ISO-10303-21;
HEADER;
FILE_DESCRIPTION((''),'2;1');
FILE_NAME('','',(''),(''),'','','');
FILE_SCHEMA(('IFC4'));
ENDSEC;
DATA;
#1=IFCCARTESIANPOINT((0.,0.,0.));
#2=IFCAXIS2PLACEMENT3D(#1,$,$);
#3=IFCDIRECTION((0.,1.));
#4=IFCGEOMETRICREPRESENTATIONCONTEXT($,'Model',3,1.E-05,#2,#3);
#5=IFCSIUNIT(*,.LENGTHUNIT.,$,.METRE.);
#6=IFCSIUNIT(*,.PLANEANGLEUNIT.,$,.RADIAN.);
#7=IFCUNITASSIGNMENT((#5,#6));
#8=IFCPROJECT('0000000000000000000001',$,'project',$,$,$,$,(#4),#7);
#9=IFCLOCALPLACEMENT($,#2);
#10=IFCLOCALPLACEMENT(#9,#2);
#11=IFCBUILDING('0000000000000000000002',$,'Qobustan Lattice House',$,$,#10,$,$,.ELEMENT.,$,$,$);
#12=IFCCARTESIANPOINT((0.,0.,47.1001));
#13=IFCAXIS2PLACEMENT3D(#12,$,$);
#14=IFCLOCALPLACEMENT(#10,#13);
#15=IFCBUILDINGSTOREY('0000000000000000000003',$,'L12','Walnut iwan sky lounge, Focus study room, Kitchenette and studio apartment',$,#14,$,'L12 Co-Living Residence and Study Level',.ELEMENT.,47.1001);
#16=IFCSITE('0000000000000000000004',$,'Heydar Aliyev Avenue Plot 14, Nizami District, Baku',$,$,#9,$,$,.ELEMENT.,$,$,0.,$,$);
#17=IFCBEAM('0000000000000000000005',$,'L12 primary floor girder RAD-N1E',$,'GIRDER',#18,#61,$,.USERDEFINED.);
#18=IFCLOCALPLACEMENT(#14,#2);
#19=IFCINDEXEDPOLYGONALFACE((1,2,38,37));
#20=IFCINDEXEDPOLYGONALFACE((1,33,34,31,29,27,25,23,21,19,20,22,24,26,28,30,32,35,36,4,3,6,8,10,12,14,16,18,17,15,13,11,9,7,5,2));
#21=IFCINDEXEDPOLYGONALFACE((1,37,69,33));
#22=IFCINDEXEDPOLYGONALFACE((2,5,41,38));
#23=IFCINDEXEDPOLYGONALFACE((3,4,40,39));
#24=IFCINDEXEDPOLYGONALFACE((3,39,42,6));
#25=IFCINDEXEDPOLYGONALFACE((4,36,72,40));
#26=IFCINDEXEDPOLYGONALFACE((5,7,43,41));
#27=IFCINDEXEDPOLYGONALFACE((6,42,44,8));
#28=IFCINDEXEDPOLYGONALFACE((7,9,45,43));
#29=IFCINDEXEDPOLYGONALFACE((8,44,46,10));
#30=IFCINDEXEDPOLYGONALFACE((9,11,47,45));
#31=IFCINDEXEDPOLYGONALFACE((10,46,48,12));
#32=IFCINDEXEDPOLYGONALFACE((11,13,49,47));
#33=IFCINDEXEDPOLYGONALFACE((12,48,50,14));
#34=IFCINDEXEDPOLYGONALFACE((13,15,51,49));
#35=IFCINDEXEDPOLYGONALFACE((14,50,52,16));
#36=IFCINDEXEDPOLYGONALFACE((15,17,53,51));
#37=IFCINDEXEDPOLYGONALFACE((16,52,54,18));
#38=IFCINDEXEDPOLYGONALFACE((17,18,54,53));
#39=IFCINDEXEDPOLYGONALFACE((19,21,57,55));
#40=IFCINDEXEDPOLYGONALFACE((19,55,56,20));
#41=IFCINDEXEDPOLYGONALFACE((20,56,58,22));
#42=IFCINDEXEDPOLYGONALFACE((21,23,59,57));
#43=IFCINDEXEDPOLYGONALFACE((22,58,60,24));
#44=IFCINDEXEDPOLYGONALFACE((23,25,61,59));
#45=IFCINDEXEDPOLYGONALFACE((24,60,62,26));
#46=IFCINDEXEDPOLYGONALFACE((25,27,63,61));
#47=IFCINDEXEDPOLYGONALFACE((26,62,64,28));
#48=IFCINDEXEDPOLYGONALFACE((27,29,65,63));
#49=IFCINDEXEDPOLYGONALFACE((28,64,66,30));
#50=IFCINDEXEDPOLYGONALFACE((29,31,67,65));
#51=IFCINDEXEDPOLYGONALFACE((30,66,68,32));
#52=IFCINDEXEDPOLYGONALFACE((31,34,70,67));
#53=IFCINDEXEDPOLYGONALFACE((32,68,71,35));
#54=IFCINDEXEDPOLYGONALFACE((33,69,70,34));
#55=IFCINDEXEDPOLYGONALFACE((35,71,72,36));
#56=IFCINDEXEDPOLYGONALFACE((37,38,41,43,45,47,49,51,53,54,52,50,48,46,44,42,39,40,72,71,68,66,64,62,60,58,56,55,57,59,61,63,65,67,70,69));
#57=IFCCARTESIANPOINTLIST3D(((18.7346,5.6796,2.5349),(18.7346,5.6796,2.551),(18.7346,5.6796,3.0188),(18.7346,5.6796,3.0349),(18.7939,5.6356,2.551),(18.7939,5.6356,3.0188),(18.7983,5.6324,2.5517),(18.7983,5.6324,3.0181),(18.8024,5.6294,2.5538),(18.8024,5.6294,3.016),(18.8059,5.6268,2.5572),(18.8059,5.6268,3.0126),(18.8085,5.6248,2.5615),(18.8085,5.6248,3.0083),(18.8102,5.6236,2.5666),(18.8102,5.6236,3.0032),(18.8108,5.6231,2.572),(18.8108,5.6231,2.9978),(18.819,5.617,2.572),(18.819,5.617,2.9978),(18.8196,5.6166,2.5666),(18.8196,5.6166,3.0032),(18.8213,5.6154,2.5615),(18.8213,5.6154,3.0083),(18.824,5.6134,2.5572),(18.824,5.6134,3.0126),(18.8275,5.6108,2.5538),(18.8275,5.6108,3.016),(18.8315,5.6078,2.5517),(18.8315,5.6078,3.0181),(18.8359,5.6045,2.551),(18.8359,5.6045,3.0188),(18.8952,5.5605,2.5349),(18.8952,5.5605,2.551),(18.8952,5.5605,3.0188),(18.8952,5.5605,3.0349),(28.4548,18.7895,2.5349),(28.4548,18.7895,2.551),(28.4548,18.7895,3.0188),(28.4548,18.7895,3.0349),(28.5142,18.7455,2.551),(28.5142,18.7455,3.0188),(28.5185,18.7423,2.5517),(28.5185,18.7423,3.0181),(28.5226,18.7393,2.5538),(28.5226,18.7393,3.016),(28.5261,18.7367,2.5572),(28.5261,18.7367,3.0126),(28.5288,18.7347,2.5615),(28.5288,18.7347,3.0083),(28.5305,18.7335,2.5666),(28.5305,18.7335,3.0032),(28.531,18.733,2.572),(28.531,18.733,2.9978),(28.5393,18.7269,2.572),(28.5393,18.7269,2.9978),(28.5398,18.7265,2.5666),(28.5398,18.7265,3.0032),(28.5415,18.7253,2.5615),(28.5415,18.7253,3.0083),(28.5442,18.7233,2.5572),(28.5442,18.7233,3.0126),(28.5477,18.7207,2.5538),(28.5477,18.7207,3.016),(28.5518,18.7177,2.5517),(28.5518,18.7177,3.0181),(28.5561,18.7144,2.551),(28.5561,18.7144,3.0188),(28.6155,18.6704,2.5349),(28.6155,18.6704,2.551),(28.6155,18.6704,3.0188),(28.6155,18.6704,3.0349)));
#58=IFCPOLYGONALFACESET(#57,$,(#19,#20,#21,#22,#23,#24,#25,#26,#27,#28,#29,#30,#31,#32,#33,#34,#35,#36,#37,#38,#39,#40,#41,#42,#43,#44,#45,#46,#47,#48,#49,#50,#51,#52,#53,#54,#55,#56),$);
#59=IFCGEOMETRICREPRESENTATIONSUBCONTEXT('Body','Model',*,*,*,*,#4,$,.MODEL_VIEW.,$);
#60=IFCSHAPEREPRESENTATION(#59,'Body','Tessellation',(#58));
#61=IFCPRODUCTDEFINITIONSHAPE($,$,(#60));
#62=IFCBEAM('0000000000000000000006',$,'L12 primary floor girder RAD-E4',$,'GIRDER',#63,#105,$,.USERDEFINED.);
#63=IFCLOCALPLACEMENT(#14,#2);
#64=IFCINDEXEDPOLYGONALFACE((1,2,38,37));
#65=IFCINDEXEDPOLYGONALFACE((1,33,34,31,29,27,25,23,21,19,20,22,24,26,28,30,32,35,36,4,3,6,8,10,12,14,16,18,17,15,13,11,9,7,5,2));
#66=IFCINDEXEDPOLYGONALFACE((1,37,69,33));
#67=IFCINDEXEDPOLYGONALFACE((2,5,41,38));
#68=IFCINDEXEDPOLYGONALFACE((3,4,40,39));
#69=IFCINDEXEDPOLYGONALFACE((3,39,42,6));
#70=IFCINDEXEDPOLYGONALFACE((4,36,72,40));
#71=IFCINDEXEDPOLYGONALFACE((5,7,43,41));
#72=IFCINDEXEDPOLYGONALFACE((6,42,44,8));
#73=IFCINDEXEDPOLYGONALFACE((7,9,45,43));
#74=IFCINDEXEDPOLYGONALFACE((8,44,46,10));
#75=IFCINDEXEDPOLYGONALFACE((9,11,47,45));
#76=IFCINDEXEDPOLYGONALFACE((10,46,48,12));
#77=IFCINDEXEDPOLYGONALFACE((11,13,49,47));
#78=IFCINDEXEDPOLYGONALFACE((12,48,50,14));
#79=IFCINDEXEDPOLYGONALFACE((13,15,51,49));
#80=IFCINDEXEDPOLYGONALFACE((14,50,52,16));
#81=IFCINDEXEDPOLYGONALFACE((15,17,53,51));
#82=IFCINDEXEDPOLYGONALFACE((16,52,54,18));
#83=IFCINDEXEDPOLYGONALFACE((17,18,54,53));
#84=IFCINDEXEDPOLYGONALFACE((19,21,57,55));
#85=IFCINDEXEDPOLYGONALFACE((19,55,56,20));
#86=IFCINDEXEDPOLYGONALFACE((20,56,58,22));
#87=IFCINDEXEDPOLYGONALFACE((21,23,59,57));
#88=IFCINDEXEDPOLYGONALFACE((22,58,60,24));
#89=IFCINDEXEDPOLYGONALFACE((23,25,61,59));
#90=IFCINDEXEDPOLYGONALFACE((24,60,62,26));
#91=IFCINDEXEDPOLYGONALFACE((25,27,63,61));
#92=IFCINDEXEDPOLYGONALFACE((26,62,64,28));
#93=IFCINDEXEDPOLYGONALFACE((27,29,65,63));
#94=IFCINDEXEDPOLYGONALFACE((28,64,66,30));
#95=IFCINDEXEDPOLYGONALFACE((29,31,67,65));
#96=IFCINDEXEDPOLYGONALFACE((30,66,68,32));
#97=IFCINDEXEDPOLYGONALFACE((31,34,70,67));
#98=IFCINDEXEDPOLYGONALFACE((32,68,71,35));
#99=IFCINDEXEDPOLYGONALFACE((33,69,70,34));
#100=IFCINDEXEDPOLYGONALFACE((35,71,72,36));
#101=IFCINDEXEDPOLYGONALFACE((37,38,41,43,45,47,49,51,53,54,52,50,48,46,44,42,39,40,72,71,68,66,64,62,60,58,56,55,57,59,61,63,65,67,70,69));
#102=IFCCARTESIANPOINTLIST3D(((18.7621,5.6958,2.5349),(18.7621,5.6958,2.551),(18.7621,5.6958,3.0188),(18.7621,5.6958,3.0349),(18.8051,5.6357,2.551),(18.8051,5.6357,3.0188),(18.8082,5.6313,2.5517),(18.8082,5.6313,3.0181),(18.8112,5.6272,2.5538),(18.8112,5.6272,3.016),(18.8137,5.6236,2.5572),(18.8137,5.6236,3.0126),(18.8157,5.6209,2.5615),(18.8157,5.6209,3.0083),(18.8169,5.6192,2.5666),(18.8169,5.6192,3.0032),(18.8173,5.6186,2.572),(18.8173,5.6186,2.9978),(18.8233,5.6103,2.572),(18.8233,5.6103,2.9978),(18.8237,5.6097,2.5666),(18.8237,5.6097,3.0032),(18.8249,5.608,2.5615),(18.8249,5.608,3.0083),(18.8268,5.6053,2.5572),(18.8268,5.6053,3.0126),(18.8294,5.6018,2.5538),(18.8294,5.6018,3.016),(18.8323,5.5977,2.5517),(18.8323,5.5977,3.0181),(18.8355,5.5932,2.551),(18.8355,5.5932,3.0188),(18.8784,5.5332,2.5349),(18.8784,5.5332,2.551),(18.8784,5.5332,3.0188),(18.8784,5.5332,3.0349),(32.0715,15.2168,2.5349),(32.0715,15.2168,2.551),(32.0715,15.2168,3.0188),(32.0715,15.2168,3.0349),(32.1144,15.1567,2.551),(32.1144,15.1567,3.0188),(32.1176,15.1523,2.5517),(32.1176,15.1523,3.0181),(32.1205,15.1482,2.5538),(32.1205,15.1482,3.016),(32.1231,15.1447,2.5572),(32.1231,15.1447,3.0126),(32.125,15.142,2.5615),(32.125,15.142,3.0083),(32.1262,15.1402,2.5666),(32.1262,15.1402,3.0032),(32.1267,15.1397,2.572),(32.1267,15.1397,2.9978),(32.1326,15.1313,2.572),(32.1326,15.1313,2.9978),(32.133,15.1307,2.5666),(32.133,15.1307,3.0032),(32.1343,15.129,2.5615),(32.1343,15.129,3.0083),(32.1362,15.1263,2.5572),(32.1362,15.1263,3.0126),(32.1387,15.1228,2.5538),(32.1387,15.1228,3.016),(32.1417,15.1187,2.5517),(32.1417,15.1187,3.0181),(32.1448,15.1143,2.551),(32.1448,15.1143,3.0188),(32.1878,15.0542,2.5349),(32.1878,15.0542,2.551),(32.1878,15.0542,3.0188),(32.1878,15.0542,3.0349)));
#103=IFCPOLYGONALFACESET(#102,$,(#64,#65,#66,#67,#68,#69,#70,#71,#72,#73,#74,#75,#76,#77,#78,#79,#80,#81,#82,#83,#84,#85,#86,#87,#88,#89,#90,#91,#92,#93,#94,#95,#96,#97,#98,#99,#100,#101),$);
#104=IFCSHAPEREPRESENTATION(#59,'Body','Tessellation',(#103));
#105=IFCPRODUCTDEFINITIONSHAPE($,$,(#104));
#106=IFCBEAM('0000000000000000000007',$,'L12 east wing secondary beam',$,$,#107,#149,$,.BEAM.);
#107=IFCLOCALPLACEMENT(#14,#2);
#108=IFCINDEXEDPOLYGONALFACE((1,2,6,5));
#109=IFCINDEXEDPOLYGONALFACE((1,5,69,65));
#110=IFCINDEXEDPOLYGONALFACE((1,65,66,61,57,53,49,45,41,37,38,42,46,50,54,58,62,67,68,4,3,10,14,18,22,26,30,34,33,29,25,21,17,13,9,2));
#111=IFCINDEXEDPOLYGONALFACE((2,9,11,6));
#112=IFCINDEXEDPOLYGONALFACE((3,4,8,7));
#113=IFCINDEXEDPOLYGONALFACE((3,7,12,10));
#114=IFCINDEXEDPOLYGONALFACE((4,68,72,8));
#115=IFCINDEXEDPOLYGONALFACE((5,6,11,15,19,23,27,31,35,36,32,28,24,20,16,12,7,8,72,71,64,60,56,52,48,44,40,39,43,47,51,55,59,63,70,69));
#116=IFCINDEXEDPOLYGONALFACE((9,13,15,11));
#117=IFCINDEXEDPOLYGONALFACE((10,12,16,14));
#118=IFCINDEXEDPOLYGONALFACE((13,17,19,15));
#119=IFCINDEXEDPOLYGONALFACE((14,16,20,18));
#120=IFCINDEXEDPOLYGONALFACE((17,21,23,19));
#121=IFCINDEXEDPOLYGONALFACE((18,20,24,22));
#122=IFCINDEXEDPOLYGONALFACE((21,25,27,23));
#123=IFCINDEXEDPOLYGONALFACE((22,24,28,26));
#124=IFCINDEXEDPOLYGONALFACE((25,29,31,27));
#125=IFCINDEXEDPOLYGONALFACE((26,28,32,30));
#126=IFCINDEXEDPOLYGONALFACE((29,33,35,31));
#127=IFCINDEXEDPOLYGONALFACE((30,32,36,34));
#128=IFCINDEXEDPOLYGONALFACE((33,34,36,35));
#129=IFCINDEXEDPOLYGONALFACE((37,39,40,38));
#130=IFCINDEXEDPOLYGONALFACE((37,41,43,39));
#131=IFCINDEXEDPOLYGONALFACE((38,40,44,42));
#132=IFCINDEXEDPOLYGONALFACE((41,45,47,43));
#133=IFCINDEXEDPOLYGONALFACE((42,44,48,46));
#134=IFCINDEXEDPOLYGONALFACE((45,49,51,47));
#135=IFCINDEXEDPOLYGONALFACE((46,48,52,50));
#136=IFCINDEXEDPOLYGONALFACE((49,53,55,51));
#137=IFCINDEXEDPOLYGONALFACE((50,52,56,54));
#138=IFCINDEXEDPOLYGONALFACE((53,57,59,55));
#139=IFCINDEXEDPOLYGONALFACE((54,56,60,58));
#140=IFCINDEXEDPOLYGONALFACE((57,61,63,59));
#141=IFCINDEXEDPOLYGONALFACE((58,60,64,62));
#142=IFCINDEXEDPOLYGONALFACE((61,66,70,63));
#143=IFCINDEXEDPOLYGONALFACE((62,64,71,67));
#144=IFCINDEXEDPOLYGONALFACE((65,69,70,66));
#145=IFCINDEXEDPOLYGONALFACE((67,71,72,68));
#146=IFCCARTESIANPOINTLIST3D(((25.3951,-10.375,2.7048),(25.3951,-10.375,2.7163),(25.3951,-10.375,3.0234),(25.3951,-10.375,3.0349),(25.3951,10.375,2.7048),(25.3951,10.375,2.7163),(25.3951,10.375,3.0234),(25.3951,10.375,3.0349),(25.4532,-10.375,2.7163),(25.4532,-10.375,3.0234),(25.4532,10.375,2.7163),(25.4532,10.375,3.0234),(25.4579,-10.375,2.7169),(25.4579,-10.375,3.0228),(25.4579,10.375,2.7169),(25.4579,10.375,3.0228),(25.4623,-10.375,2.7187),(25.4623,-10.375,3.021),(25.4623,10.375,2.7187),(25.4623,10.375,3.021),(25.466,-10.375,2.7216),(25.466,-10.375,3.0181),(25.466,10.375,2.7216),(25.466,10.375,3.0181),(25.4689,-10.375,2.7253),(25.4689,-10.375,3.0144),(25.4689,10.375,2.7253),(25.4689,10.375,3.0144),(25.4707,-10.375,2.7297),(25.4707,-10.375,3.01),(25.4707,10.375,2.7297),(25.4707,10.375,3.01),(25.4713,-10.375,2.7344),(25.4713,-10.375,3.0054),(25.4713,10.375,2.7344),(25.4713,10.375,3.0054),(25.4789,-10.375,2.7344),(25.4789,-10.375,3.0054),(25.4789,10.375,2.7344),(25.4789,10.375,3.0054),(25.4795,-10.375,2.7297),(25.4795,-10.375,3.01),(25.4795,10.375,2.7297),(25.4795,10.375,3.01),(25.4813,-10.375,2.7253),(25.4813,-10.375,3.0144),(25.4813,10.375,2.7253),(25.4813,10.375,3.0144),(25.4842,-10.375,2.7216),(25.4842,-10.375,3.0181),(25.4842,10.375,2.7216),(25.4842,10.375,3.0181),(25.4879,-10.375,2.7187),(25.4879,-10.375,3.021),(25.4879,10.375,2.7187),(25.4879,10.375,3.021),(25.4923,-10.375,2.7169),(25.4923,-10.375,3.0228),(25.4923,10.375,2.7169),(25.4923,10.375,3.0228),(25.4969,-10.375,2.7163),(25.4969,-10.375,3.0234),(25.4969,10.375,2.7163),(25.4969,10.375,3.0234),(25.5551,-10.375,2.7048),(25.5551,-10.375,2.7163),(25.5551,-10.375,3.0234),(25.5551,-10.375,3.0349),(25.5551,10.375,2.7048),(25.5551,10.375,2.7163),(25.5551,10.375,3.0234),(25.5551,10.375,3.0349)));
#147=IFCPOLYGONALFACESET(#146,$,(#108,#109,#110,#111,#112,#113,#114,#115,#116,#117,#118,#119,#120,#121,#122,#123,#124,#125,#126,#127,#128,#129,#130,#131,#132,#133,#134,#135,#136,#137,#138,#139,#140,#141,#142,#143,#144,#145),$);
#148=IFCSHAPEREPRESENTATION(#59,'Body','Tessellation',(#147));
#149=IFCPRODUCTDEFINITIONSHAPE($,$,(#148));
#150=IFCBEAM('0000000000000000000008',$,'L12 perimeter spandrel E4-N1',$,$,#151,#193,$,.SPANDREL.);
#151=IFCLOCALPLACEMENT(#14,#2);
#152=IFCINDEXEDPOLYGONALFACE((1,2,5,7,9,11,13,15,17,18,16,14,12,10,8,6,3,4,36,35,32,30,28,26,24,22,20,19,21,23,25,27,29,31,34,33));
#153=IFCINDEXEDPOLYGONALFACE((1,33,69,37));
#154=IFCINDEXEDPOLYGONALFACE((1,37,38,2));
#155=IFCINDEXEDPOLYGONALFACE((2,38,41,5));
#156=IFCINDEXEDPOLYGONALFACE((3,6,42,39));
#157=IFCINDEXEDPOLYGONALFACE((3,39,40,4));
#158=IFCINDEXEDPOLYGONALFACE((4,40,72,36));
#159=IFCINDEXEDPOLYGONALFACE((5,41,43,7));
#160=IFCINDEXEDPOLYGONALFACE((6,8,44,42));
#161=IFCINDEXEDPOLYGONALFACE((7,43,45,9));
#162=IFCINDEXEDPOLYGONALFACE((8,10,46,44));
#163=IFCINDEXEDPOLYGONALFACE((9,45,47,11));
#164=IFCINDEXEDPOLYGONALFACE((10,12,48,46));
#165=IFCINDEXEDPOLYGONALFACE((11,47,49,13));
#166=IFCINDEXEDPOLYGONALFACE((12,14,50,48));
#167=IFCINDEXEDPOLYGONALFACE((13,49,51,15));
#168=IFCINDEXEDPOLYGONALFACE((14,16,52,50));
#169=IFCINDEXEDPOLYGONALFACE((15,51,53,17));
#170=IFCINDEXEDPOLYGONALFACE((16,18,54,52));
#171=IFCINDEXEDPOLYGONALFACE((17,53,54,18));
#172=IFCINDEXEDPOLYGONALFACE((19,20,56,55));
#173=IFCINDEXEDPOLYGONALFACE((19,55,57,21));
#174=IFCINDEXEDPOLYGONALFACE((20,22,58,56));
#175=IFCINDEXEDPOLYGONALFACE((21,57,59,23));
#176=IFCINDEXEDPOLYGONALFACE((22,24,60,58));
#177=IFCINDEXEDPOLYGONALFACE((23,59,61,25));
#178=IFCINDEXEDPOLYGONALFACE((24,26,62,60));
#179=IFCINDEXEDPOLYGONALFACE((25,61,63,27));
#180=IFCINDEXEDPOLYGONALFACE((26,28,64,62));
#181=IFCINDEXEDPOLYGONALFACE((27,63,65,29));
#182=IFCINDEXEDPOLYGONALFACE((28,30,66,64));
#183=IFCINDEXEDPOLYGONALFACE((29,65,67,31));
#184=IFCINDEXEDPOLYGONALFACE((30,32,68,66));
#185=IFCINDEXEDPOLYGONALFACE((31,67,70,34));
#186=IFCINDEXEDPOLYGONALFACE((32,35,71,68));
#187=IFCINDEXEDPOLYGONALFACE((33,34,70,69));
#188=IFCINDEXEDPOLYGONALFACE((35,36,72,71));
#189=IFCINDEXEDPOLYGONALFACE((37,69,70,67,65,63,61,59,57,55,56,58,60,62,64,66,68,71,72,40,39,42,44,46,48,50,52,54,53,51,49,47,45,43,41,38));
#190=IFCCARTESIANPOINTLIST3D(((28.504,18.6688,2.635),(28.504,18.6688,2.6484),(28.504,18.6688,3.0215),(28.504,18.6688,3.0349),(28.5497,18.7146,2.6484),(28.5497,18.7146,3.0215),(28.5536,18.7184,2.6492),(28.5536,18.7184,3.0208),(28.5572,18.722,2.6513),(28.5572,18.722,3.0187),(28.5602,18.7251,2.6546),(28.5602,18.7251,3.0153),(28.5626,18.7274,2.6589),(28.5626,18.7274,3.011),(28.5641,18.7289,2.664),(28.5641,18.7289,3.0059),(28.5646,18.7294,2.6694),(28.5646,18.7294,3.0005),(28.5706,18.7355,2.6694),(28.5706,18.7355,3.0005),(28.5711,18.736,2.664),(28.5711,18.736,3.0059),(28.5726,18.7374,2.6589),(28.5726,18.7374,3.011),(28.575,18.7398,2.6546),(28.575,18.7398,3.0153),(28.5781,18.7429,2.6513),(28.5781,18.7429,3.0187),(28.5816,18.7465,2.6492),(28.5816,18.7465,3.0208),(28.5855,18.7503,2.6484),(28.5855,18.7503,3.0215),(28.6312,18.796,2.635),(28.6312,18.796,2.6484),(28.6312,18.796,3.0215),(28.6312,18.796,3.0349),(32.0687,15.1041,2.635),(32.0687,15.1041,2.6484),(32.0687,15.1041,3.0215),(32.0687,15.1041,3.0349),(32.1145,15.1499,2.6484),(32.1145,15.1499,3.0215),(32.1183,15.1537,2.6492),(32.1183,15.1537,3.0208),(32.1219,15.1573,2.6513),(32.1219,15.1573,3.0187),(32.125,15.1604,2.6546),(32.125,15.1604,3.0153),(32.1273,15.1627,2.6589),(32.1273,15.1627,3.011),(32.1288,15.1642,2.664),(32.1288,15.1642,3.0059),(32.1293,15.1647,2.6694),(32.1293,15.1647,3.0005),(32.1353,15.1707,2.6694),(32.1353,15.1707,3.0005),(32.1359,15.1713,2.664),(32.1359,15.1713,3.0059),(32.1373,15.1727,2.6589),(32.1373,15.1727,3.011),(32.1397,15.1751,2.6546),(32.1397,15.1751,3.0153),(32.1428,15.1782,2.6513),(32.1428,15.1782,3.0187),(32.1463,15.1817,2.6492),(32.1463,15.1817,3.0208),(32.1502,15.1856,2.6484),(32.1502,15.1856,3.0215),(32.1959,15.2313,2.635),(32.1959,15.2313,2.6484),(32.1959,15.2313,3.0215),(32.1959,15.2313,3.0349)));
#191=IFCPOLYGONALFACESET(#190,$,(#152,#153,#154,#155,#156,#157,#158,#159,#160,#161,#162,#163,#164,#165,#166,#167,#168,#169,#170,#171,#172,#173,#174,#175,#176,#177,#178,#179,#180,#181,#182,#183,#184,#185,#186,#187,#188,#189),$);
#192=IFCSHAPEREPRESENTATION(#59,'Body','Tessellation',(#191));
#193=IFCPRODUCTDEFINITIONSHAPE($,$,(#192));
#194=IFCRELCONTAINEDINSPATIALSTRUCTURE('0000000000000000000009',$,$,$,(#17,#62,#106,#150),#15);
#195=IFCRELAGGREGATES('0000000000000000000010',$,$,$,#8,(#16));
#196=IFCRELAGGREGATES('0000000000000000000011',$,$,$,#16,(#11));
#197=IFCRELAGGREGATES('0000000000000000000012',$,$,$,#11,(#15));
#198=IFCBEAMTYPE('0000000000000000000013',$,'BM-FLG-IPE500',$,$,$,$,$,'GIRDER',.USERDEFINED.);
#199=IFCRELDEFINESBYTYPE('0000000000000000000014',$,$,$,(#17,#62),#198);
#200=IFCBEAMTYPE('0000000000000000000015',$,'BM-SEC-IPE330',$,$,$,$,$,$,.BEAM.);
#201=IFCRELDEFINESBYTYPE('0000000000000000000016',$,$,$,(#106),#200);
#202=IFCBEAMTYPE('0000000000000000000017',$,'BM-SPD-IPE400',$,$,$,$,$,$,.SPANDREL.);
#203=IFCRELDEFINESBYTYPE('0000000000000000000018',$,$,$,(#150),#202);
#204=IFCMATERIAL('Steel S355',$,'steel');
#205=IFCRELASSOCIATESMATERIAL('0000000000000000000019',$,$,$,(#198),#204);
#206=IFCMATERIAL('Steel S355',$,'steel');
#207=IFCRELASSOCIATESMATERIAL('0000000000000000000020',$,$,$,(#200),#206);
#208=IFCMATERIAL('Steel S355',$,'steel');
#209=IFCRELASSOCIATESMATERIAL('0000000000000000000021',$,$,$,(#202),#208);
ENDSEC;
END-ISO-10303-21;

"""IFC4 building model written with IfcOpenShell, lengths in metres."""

from ifc_helpers import new_model, si_unit, direction, frame, origin, origin_2d, place, context, subcontext, project, spatial, i_section, extrude, material, material_profile, profile_set, type_object, element, save


model = new_model("IFC4")

# Units and contexts
model_context = context("Model", 3, precision=1e-05, world=origin(), true_north=direction((0.0, 1.0)))
body_context = subcontext(model_context, "Body", "Model", "MODEL_VIEW")
ifc_project = project(units=[si_unit("LENGTHUNIT", "METRE"), si_unit("PLANEANGLEUNIT", "RADIAN")], contexts=[model_context])

# Site, building, storey
site_placement = place(None, origin())
site = spatial("IfcSite", under=ifc_project, at=site_placement, Name="Heydar Aliyev Avenue Plot 14, Nizami District, Baku", CompositionType="ELEMENT", RefElevation=0.0)
building_placement = place(site_placement, origin())
building = spatial("IfcBuilding", under=site, at=building_placement, Name="Qobustan Lattice House", CompositionType="ELEMENT")
storey_placement = place(building_placement, frame((0.0, 0.0, 47.1001)))
storey = spatial("IfcBuildingStorey", under=building, at=storey_placement, Name="L12", Description="Walnut iwan sky lounge, Focus study room, Kitchenette and studio apartment", LongName="L12 Co-Living Residence and Study Level", CompositionType="ELEMENT", Elevation=47.1001)

# Beams
ifc_material_1 = material(Name="Steel S355", Category="steel")
ifc_material_profile_1 = material_profile(ifc_material_1, i_section(OverallWidth=0.2, OverallDepth=0.5, WebThickness=0.0103, FlangeThickness=0.0161, FilletRadius=0.021, at=origin_2d()), Name="IPE500")
ifc_profile_set_1 = profile_set([ifc_material_profile_1], Name="Steel S355")
beam_type_1 = type_object("IfcBeamType", Name="BM-FLG-IPE500", ElementType="GIRDER", PredefinedType="USERDEFINED", material=ifc_profile_set_1)
beam_1_placement = place(storey_placement, frame((28.5352, 18.73, 2.7849), z_axis=(-0.595592, -0.803287, 0.0), x_axis=(0.803287, -0.595592, 0.0)))
element("IfcBeam", 1, at=beam_1_placement, inside=storey, type_object=beam_type_1, Name="L12 primary floor girder RAD-N1E", ObjectType="GIRDER", PredefinedType="USERDEFINED", context=body_context, shape_type="SweptSolid", body=[
    extrude(i_section(OverallWidth=0.2, OverallDepth=0.5, WebThickness=0.0103, FlangeThickness=0.0161, FilletRadius=0.021, at=origin_2d()), origin(), (0.0, 0.0, 1.0), 16.3203),
])
beam_2_placement = place(storey_placement, frame((32.1296, 15.1355, 2.7849), z_axis=(-0.813319, -0.581818, 0.0), x_axis=(0.581818, -0.813319, 0.0)))
element("IfcBeam", 2, at=beam_2_placement, inside=storey, type_object=beam_type_1, Name="L12 primary floor girder RAD-E4", ObjectType="GIRDER", PredefinedType="USERDEFINED", context=body_context, shape_type="SweptSolid", body=[
    extrude(i_section(OverallWidth=0.2, OverallDepth=0.5, WebThickness=0.0103, FlangeThickness=0.0161, FilletRadius=0.021, at=origin_2d()), origin(), (0.0, 0.0, 1.0), 16.3643),
])
ifc_material_2 = material(Name="Steel S355", Category="steel")
ifc_material_profile_2 = material_profile(ifc_material_2, i_section(OverallWidth=0.1599, OverallDepth=0.3301, WebThickness=0.0076, FlangeThickness=0.0115, FilletRadius=0.0181, at=origin_2d()), Name="IPE330")
ifc_profile_set_2 = profile_set([ifc_material_profile_2], Name="Steel S355")
beam_type_2 = type_object("IfcBeamType", Name="BM-SEC-IPE330", PredefinedType="BEAM", material=ifc_profile_set_2)
beam_3_placement = place(storey_placement, frame((25.4751, 10.375, 2.8699), z_axis=(0.0, -1.0, 0.0), x_axis=(1.0, 0.0, 0.0)))
element("IfcBeam", 3, at=beam_3_placement, inside=storey, type_object=beam_type_2, Name="L12 east wing secondary beam", PredefinedType="BEAM", context=body_context, shape_type="SweptSolid", body=[
    extrude(i_section(OverallWidth=0.1599, OverallDepth=0.3301, WebThickness=0.0076, FlangeThickness=0.0115, FilletRadius=0.0181, at=origin_2d()), origin(), (0.0, 0.0, 1.0), 20.75),
])
ifc_material_3 = material(Name="Steel S355", Category="steel")
ifc_material_profile_3 = material_profile(ifc_material_3, i_section(OverallWidth=0.1799, OverallDepth=0.3999, WebThickness=0.0085, FlangeThickness=0.0134, FilletRadius=0.021, at=origin_2d()), Name="IPE400")
ifc_profile_set_3 = profile_set([ifc_material_profile_3], Name="Steel S355")
beam_type_3 = type_object("IfcBeamType", Name="BM-SPD-IPE400", PredefinedType="SPANDREL", material=ifc_profile_set_3)
beam_4_placement = place(storey_placement, frame((32.1323, 15.1677, 2.835), z_axis=(-0.707107, 0.707107, 0.0), x_axis=(-0.707107, -0.707107, 0.0)))
element("IfcBeam", 4, at=beam_4_placement, inside=storey, type_object=beam_type_3, Name="L12 perimeter spandrel E4-N1", PredefinedType="SPANDREL", context=body_context, shape_type="SweptSolid", body=[
    extrude(i_section(OverallWidth=0.1799, OverallDepth=0.3999, WebThickness=0.0085, FlangeThickness=0.0134, FilletRadius=0.021, at=origin_2d()), origin(), (0.0, 0.0, 1.0), 5.0413),
])

save(model, "model.ifc")
